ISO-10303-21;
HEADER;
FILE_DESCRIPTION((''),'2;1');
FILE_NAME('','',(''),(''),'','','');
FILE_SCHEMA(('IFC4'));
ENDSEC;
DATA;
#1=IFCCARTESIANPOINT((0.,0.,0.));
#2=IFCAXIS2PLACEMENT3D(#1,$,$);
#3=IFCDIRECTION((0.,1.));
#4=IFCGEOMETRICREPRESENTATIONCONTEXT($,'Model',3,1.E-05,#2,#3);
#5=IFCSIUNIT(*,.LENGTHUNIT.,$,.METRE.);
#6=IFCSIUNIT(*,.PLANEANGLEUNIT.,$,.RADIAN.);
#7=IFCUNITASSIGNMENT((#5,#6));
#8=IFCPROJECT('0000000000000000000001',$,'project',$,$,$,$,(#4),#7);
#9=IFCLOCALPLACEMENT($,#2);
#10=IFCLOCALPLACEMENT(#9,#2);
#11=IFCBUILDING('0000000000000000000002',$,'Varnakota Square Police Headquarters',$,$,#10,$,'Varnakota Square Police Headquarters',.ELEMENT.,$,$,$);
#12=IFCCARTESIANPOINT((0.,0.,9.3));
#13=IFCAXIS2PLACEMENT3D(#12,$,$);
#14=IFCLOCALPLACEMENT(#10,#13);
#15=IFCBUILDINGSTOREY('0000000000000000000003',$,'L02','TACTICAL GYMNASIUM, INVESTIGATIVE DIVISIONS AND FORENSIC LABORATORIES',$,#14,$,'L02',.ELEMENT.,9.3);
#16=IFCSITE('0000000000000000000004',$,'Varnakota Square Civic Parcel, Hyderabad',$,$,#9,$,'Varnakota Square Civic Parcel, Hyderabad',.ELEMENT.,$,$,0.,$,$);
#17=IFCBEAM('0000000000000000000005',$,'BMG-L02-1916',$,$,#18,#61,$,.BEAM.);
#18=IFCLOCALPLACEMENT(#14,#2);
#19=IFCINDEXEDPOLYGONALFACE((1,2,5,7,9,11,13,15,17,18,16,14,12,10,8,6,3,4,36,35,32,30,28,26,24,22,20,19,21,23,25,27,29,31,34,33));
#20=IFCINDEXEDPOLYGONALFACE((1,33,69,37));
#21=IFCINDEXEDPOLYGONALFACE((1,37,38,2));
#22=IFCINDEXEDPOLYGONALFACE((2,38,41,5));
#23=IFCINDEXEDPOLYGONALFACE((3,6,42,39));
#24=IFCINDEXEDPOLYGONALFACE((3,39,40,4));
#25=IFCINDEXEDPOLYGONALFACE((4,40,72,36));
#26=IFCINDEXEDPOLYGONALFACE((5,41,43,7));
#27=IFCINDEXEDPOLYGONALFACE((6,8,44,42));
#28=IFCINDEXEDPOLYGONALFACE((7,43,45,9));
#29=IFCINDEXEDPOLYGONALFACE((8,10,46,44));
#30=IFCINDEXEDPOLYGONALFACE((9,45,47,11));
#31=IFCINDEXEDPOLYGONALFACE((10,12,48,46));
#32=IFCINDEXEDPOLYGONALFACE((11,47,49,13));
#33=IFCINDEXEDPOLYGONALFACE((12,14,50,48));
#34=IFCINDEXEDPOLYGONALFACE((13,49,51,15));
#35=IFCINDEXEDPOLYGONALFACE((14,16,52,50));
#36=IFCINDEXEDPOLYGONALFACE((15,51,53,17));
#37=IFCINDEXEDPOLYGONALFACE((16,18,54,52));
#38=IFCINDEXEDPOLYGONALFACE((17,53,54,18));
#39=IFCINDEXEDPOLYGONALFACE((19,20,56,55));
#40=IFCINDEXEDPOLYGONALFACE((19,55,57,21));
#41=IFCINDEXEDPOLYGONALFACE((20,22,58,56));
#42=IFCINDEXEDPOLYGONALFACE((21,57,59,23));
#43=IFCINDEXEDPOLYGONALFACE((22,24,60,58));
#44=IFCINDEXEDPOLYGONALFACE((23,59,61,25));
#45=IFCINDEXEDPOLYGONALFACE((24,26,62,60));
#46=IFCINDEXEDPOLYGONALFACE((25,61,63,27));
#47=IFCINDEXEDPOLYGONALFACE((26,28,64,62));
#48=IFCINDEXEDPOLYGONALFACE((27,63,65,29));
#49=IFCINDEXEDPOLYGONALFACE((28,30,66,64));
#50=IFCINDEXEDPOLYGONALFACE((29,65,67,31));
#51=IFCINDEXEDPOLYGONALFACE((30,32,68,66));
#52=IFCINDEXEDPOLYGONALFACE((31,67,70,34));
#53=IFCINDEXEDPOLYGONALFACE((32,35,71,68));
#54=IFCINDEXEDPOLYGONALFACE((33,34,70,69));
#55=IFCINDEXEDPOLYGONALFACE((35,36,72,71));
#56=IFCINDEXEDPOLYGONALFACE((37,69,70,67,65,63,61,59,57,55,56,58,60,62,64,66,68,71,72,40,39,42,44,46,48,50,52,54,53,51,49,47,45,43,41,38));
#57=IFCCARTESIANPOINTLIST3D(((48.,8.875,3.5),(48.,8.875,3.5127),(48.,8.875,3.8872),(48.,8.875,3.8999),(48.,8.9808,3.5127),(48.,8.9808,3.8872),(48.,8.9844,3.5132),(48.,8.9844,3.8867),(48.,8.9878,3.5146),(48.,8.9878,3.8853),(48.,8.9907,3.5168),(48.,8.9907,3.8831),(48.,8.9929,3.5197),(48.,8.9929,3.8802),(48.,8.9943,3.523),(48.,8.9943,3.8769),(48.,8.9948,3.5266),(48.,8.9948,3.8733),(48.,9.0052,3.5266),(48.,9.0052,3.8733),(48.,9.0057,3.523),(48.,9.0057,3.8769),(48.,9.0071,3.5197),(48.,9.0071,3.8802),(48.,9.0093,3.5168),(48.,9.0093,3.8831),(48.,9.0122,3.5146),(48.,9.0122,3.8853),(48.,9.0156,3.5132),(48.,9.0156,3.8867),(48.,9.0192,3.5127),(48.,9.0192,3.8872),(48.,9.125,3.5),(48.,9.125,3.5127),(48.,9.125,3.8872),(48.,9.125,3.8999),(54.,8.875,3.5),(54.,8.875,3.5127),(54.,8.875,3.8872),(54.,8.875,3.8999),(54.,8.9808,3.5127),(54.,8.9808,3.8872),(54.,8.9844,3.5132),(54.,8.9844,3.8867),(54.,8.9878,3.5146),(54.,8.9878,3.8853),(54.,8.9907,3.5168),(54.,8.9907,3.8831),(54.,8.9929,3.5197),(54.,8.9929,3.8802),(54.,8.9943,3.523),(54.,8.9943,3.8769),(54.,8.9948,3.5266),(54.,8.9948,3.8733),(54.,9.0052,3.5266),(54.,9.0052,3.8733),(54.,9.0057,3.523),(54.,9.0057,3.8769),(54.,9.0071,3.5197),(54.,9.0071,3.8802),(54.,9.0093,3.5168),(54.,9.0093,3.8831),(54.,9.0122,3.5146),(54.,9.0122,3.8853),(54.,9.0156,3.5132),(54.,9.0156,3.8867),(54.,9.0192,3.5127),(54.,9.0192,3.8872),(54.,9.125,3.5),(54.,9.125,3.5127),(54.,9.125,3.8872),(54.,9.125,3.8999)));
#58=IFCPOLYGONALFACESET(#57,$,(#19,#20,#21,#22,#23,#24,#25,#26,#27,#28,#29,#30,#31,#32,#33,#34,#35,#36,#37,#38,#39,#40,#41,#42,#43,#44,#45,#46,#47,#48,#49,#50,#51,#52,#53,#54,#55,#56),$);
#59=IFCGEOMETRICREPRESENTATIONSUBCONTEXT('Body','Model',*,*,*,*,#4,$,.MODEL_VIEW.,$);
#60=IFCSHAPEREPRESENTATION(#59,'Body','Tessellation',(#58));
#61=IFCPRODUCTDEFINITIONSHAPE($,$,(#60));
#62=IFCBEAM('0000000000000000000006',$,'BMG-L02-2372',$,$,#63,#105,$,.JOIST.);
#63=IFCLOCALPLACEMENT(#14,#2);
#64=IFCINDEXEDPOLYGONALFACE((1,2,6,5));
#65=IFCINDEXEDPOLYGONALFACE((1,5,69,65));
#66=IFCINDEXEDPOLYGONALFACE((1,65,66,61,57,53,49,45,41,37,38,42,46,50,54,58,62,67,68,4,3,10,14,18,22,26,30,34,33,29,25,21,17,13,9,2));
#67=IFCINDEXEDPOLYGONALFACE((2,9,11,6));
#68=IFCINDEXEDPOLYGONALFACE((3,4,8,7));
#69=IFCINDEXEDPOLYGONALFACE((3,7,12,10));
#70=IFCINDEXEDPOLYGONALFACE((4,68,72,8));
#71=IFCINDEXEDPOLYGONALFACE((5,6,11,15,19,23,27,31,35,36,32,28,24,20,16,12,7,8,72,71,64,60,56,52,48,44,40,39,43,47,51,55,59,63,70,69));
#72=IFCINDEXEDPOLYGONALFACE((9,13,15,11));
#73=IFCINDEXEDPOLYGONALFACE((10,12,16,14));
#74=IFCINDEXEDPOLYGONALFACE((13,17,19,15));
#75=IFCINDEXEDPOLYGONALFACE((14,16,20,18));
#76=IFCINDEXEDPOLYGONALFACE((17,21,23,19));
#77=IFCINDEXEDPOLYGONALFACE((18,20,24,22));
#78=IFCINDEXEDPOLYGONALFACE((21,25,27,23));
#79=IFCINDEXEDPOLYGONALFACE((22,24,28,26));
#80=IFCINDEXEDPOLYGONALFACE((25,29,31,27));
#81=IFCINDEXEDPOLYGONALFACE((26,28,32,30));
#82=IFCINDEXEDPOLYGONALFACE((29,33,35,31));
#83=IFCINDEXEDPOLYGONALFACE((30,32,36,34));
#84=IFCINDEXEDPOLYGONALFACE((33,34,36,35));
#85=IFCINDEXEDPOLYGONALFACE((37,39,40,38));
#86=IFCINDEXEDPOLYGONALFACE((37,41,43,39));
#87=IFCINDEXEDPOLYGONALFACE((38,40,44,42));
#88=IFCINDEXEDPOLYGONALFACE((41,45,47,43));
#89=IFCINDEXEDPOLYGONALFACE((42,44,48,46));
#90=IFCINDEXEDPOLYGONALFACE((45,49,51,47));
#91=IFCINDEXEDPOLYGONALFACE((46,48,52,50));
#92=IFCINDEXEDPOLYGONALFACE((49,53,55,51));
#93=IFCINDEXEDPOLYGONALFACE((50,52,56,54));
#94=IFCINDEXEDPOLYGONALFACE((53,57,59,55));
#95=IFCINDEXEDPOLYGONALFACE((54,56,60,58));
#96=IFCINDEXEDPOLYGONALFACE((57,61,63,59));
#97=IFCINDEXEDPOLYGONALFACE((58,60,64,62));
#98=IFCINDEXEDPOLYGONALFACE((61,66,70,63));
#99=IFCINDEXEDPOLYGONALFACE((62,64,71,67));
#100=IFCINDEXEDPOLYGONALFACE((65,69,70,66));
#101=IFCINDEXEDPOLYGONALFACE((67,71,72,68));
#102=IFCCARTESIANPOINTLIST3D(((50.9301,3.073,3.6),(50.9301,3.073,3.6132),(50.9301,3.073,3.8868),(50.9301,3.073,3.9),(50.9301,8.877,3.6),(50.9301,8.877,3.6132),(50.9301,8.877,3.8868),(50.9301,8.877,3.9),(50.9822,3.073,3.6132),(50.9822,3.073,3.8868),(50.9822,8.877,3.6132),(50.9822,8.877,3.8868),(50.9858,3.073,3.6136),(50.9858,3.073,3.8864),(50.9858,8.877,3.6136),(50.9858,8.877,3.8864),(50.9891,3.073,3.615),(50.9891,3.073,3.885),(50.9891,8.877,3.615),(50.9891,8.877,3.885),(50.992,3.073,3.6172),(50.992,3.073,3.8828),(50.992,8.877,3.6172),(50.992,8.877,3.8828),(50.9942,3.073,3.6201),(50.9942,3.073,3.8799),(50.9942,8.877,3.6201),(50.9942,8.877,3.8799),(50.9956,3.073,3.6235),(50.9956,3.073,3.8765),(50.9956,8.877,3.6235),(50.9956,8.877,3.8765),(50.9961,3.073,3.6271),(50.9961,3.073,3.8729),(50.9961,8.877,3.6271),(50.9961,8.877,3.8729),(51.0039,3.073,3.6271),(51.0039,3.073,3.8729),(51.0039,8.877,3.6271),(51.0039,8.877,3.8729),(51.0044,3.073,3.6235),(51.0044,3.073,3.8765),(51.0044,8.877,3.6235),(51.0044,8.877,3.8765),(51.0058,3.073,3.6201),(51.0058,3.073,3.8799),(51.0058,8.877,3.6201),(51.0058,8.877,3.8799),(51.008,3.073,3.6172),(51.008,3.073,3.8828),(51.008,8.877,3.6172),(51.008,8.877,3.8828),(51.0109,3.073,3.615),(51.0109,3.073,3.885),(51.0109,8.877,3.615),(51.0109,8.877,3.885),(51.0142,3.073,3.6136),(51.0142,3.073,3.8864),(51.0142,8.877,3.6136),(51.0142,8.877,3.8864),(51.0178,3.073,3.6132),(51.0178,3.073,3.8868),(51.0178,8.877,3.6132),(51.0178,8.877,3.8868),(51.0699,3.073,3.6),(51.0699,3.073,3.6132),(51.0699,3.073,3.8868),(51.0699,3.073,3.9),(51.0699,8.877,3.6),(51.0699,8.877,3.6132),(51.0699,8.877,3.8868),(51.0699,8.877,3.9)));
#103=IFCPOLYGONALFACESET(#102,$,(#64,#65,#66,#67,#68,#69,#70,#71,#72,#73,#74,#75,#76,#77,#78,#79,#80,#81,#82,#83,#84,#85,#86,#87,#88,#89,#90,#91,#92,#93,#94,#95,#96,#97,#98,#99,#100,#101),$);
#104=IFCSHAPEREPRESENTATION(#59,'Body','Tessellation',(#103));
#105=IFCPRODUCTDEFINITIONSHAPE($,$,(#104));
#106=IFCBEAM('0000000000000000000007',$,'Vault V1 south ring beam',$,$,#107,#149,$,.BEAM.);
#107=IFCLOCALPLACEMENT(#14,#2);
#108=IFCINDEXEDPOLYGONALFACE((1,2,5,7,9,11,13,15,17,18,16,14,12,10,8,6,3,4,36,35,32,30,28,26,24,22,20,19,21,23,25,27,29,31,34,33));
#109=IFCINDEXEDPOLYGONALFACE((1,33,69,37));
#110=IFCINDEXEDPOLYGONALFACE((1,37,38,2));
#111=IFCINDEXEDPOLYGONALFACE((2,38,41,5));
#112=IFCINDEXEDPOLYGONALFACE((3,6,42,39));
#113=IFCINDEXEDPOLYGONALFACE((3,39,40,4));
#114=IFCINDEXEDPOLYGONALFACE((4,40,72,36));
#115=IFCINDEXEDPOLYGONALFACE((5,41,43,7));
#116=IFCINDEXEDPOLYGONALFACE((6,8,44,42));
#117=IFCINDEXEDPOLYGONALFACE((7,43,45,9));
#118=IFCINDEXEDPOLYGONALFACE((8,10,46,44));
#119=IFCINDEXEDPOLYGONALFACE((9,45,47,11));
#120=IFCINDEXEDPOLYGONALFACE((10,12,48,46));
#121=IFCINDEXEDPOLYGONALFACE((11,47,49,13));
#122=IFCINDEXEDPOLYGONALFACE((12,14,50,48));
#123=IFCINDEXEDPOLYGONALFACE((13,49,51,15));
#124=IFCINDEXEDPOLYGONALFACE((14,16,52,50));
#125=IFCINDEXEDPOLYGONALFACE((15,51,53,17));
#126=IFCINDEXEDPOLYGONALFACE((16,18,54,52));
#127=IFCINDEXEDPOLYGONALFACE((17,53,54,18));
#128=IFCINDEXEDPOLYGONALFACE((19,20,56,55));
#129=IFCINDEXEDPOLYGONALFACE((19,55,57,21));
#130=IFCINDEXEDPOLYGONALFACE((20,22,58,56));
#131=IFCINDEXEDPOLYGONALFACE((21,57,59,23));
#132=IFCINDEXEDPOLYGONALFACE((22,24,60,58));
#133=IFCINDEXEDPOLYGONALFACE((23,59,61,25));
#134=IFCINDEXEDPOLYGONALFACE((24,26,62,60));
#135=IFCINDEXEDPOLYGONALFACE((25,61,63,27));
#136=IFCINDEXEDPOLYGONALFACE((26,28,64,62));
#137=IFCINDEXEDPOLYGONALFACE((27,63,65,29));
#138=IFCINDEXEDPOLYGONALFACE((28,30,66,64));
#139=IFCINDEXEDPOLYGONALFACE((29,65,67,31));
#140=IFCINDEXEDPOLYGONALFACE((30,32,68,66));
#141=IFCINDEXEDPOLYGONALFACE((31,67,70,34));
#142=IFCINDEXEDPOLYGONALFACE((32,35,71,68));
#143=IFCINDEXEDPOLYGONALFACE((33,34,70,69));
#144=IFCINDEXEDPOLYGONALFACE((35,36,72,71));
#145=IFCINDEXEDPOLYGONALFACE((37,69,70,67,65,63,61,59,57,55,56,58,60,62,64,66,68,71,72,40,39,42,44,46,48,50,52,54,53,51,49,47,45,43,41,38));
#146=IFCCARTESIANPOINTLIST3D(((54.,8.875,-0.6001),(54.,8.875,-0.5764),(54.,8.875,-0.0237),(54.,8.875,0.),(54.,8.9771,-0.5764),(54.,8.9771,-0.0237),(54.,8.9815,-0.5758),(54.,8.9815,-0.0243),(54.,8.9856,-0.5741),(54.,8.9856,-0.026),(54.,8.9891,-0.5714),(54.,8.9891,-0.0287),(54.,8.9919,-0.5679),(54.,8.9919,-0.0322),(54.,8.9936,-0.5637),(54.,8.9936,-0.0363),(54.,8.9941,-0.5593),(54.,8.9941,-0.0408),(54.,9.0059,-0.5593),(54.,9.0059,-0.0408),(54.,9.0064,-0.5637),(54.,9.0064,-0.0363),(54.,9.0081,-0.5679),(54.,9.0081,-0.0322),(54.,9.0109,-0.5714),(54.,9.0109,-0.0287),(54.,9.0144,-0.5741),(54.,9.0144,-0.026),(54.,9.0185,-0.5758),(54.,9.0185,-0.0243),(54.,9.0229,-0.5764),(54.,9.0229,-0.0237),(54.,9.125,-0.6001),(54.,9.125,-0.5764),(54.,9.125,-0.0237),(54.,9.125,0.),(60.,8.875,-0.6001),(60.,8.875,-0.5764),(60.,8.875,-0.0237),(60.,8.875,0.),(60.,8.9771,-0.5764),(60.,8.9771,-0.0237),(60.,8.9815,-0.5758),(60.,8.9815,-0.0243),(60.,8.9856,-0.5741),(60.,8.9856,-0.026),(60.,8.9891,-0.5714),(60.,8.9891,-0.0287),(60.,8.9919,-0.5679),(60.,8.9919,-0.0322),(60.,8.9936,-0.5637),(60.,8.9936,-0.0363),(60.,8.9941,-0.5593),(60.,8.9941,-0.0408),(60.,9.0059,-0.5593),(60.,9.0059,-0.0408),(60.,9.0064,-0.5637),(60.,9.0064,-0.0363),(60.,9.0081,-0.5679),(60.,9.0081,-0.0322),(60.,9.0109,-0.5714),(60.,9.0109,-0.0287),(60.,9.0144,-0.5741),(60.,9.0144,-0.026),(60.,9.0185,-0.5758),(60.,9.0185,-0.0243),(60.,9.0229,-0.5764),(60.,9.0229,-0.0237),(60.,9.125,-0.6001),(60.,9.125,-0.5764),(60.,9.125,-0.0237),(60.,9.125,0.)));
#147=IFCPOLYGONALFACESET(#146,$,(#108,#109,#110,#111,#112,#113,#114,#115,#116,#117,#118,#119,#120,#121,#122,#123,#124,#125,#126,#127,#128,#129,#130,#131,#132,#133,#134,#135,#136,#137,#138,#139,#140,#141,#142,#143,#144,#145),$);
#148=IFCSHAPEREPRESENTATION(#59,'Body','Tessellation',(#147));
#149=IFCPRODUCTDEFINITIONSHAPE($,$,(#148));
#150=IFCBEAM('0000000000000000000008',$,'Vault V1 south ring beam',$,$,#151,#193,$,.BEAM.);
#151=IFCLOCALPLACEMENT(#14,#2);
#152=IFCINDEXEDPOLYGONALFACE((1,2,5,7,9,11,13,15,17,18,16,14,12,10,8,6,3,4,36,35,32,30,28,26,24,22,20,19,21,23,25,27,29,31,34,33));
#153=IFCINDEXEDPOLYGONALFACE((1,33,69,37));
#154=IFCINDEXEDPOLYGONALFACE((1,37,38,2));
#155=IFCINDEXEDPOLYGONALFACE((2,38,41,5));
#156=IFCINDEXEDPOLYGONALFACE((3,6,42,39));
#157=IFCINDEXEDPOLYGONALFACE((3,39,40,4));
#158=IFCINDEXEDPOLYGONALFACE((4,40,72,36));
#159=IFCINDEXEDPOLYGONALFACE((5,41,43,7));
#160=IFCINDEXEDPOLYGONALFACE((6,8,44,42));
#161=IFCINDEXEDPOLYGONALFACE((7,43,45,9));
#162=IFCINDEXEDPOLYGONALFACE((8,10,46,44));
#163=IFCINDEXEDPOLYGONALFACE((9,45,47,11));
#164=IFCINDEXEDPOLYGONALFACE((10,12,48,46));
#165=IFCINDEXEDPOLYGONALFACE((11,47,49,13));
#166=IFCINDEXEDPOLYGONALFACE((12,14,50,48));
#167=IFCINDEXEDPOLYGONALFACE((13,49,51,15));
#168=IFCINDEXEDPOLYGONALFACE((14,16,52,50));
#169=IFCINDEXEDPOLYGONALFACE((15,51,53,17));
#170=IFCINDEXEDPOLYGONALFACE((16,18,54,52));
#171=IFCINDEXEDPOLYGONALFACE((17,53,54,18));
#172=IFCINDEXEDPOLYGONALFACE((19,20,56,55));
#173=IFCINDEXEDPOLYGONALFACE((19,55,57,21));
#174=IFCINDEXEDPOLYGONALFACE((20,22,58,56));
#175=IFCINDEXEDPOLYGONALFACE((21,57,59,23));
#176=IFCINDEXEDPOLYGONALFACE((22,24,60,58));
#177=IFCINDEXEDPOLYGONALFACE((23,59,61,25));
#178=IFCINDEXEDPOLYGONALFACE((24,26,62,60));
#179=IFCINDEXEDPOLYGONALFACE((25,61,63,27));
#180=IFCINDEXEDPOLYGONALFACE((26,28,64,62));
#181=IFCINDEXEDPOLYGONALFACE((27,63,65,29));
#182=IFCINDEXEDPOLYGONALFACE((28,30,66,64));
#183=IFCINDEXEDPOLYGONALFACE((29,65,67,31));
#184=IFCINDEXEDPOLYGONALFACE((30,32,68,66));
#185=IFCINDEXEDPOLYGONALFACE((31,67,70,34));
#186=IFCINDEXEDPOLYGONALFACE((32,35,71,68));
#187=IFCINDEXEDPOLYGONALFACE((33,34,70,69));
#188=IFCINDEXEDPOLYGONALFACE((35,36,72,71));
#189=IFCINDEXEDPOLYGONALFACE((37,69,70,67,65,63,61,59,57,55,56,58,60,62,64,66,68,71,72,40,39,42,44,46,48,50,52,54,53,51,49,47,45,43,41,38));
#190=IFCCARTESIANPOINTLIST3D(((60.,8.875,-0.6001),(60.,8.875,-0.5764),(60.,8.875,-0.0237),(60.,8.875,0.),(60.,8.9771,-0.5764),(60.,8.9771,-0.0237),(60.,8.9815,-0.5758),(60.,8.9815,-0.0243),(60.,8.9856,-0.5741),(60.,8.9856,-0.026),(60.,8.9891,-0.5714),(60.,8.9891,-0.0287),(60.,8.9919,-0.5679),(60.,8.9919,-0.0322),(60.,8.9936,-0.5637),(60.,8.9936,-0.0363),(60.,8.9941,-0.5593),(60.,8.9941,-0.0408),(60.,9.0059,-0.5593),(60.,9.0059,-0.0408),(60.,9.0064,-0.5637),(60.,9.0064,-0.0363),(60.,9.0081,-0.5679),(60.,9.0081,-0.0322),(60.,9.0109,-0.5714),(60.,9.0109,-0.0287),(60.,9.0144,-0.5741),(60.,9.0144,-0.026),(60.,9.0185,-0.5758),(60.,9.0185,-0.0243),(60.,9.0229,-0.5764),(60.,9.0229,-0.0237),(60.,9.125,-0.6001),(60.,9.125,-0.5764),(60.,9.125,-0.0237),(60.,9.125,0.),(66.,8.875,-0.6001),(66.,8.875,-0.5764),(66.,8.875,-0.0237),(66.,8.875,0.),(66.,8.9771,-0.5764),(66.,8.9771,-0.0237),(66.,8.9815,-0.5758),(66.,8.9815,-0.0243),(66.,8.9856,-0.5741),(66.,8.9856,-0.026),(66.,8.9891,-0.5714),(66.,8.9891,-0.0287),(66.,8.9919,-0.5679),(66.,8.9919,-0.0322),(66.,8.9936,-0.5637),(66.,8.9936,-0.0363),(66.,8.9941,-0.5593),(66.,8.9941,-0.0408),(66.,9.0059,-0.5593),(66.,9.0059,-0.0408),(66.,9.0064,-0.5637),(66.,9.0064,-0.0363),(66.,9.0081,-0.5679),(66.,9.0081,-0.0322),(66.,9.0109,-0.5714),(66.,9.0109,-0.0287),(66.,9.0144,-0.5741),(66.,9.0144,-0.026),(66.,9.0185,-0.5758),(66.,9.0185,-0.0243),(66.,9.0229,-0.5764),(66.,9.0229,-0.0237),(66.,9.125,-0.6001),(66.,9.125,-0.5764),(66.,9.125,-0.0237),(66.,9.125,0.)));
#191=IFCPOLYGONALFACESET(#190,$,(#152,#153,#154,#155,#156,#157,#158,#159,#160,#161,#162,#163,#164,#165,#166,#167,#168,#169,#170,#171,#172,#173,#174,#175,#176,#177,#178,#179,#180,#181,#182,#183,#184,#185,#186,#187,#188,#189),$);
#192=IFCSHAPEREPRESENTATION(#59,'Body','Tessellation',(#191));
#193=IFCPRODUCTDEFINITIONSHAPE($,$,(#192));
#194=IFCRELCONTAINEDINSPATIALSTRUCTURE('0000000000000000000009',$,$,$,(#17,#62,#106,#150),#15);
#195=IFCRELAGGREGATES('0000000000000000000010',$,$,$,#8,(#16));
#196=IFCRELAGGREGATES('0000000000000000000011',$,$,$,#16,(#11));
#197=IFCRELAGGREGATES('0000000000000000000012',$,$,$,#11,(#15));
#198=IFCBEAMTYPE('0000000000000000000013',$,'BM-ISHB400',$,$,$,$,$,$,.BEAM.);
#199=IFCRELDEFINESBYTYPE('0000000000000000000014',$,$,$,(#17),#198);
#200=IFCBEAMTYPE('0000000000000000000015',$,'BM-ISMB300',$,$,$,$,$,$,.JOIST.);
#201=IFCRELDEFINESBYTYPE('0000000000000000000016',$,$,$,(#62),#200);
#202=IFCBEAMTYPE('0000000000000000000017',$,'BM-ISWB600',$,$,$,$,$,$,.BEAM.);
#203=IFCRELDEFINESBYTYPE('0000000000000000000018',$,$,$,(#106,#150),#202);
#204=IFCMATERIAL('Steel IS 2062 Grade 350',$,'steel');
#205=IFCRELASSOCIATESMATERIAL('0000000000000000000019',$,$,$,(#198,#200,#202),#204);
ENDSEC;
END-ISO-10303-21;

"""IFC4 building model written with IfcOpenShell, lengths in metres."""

from ifc_helpers import new_model, si_unit, direction, frame, origin, origin_2d, place, context, subcontext, project, spatial, i_section, extrude, material, material_profile, profile_set, type_object, element, save


model = new_model("IFC4")

# Units and contexts
model_context = context("Model", 3, precision=1e-05, world=origin(), true_north=direction((0.0, 1.0)))
body_context = subcontext(model_context, "Body", "Model", "MODEL_VIEW")
ifc_project = project(units=[si_unit("LENGTHUNIT", "METRE"), si_unit("PLANEANGLEUNIT", "RADIAN")], contexts=[model_context])

# Site, building, storey
site_placement = place(None, origin())
site = spatial("IfcSite", under=ifc_project, at=site_placement, Name="Varnakota Square Civic Parcel, Hyderabad", LongName="Varnakota Square Civic Parcel, Hyderabad", CompositionType="ELEMENT", RefElevation=0.0)
building_placement = place(site_placement, origin())
building = spatial("IfcBuilding", under=site, at=building_placement, Name="Varnakota Square Police Headquarters", LongName="Varnakota Square Police Headquarters", CompositionType="ELEMENT")
storey_placement = place(building_placement, frame((0.0, 0.0, 9.3)))
storey = spatial("IfcBuildingStorey", under=building, at=storey_placement, Name="L02", Description="TACTICAL GYMNASIUM, INVESTIGATIVE DIVISIONS AND FORENSIC LABORATORIES", LongName="L02", CompositionType="ELEMENT", Elevation=9.3)

# Shared definitions
ifc_material_1 = material(Name="Steel IS 2062 Grade 350", Category="steel")

# Beams
ifc_material_profile_1 = material_profile(ifc_material_1, i_section(OverallWidth=0.25, OverallDepth=0.3999, WebThickness=0.0105, FlangeThickness=0.0127, FilletRadius=0.0139, at=origin_2d()), Name="ISHB 400")
ifc_profile_set_1 = profile_set([ifc_material_profile_1], Name="Steel IS 2062 Grade 350")
beam_type_1 = type_object("IfcBeamType", Name="BM-ISHB400", PredefinedType="BEAM", material=ifc_profile_set_1)
beam_1_placement = place(storey_placement, frame((48.0, 9.0, 3.7), z_axis=(1.0, 0.0, 0.0), x_axis=(0.0, 1.0, 0.0)))
element("IfcBeam", 1, at=beam_1_placement, inside=storey, type_object=beam_type_1, Name="BMG-L02-1916", PredefinedType="BEAM", context=body_context, shape_type="SweptSolid", body=[
    extrude(i_section(OverallWidth=0.25, OverallDepth=0.3999, WebThickness=0.0105, FlangeThickness=0.0127, FilletRadius=0.0139, at=origin_2d()), origin(), (0.0, 0.0, 1.0), 6.0),
])
ifc_material_profile_2 = material_profile(ifc_material_1, i_section(OverallWidth=0.1399, OverallDepth=0.3, WebThickness=0.0078, FlangeThickness=0.0132, FilletRadius=0.0139, at=origin_2d()), Name="ISMB 300")
ifc_profile_set_2 = profile_set([ifc_material_profile_2], Name="Steel IS 2062 Grade 350")
beam_type_2 = type_object("IfcBeamType", Name="BM-ISMB300", PredefinedType="JOIST", material=ifc_profile_set_2)
beam_2_placement = place(storey_placement, frame((51.0, 3.073, 3.75), z_axis=(0.0, 1.0, 0.0), x_axis=(-1.0, 0.0, 0.0)))
element("IfcBeam", 2, at=beam_2_placement, inside=storey, type_object=beam_type_2, Name="BMG-L02-2372", PredefinedType="JOIST", context=body_context, shape_type="SweptSolid", body=[
    extrude(i_section(OverallWidth=0.1399, OverallDepth=0.3, WebThickness=0.0078, FlangeThickness=0.0132, FilletRadius=0.0139, at=origin_2d()), origin(), (0.0, 0.0, 1.0), 5.804),
])
ifc_material_profile_3 = material_profile(ifc_material_1, i_section(OverallWidth=0.25, OverallDepth=0.6001, WebThickness=0.0117, FlangeThickness=0.0237, FilletRadius=0.0171, at=origin_2d()), Name="ISWB 600")
ifc_profile_set_3 = profile_set([ifc_material_profile_3], Name="Steel IS 2062 Grade 350")
beam_type_3 = type_object("IfcBeamType", Name="BM-ISWB600", PredefinedType="BEAM", material=ifc_profile_set_3)
for number, where, z_axis, x_axis, name in (
    (3, (54.0, 9.0, -0.3), (1.0, 0.0, 0.0), (0.0, 1.0, 0.0), "Vault V1 south ring beam"),
    (4, (60.0, 9.0, -0.3), (1.0, 0.0, 0.0), (0.0, 1.0, 0.0), "Vault V1 south ring beam"),
):
    element("IfcBeam", number, at=place(storey_placement, frame(where, z_axis=z_axis, x_axis=x_axis)), inside=storey, type_object=beam_type_3, Name=name, PredefinedType="BEAM", context=body_context, shape_type="SweptSolid", body=[
        extrude(i_section(OverallWidth=0.25, OverallDepth=0.6001, WebThickness=0.0117, FlangeThickness=0.0237, FilletRadius=0.0171, at=origin_2d()), origin(), (0.0, 0.0, 1.0), 6.0),
    ])

save(model, "model.ifc")
